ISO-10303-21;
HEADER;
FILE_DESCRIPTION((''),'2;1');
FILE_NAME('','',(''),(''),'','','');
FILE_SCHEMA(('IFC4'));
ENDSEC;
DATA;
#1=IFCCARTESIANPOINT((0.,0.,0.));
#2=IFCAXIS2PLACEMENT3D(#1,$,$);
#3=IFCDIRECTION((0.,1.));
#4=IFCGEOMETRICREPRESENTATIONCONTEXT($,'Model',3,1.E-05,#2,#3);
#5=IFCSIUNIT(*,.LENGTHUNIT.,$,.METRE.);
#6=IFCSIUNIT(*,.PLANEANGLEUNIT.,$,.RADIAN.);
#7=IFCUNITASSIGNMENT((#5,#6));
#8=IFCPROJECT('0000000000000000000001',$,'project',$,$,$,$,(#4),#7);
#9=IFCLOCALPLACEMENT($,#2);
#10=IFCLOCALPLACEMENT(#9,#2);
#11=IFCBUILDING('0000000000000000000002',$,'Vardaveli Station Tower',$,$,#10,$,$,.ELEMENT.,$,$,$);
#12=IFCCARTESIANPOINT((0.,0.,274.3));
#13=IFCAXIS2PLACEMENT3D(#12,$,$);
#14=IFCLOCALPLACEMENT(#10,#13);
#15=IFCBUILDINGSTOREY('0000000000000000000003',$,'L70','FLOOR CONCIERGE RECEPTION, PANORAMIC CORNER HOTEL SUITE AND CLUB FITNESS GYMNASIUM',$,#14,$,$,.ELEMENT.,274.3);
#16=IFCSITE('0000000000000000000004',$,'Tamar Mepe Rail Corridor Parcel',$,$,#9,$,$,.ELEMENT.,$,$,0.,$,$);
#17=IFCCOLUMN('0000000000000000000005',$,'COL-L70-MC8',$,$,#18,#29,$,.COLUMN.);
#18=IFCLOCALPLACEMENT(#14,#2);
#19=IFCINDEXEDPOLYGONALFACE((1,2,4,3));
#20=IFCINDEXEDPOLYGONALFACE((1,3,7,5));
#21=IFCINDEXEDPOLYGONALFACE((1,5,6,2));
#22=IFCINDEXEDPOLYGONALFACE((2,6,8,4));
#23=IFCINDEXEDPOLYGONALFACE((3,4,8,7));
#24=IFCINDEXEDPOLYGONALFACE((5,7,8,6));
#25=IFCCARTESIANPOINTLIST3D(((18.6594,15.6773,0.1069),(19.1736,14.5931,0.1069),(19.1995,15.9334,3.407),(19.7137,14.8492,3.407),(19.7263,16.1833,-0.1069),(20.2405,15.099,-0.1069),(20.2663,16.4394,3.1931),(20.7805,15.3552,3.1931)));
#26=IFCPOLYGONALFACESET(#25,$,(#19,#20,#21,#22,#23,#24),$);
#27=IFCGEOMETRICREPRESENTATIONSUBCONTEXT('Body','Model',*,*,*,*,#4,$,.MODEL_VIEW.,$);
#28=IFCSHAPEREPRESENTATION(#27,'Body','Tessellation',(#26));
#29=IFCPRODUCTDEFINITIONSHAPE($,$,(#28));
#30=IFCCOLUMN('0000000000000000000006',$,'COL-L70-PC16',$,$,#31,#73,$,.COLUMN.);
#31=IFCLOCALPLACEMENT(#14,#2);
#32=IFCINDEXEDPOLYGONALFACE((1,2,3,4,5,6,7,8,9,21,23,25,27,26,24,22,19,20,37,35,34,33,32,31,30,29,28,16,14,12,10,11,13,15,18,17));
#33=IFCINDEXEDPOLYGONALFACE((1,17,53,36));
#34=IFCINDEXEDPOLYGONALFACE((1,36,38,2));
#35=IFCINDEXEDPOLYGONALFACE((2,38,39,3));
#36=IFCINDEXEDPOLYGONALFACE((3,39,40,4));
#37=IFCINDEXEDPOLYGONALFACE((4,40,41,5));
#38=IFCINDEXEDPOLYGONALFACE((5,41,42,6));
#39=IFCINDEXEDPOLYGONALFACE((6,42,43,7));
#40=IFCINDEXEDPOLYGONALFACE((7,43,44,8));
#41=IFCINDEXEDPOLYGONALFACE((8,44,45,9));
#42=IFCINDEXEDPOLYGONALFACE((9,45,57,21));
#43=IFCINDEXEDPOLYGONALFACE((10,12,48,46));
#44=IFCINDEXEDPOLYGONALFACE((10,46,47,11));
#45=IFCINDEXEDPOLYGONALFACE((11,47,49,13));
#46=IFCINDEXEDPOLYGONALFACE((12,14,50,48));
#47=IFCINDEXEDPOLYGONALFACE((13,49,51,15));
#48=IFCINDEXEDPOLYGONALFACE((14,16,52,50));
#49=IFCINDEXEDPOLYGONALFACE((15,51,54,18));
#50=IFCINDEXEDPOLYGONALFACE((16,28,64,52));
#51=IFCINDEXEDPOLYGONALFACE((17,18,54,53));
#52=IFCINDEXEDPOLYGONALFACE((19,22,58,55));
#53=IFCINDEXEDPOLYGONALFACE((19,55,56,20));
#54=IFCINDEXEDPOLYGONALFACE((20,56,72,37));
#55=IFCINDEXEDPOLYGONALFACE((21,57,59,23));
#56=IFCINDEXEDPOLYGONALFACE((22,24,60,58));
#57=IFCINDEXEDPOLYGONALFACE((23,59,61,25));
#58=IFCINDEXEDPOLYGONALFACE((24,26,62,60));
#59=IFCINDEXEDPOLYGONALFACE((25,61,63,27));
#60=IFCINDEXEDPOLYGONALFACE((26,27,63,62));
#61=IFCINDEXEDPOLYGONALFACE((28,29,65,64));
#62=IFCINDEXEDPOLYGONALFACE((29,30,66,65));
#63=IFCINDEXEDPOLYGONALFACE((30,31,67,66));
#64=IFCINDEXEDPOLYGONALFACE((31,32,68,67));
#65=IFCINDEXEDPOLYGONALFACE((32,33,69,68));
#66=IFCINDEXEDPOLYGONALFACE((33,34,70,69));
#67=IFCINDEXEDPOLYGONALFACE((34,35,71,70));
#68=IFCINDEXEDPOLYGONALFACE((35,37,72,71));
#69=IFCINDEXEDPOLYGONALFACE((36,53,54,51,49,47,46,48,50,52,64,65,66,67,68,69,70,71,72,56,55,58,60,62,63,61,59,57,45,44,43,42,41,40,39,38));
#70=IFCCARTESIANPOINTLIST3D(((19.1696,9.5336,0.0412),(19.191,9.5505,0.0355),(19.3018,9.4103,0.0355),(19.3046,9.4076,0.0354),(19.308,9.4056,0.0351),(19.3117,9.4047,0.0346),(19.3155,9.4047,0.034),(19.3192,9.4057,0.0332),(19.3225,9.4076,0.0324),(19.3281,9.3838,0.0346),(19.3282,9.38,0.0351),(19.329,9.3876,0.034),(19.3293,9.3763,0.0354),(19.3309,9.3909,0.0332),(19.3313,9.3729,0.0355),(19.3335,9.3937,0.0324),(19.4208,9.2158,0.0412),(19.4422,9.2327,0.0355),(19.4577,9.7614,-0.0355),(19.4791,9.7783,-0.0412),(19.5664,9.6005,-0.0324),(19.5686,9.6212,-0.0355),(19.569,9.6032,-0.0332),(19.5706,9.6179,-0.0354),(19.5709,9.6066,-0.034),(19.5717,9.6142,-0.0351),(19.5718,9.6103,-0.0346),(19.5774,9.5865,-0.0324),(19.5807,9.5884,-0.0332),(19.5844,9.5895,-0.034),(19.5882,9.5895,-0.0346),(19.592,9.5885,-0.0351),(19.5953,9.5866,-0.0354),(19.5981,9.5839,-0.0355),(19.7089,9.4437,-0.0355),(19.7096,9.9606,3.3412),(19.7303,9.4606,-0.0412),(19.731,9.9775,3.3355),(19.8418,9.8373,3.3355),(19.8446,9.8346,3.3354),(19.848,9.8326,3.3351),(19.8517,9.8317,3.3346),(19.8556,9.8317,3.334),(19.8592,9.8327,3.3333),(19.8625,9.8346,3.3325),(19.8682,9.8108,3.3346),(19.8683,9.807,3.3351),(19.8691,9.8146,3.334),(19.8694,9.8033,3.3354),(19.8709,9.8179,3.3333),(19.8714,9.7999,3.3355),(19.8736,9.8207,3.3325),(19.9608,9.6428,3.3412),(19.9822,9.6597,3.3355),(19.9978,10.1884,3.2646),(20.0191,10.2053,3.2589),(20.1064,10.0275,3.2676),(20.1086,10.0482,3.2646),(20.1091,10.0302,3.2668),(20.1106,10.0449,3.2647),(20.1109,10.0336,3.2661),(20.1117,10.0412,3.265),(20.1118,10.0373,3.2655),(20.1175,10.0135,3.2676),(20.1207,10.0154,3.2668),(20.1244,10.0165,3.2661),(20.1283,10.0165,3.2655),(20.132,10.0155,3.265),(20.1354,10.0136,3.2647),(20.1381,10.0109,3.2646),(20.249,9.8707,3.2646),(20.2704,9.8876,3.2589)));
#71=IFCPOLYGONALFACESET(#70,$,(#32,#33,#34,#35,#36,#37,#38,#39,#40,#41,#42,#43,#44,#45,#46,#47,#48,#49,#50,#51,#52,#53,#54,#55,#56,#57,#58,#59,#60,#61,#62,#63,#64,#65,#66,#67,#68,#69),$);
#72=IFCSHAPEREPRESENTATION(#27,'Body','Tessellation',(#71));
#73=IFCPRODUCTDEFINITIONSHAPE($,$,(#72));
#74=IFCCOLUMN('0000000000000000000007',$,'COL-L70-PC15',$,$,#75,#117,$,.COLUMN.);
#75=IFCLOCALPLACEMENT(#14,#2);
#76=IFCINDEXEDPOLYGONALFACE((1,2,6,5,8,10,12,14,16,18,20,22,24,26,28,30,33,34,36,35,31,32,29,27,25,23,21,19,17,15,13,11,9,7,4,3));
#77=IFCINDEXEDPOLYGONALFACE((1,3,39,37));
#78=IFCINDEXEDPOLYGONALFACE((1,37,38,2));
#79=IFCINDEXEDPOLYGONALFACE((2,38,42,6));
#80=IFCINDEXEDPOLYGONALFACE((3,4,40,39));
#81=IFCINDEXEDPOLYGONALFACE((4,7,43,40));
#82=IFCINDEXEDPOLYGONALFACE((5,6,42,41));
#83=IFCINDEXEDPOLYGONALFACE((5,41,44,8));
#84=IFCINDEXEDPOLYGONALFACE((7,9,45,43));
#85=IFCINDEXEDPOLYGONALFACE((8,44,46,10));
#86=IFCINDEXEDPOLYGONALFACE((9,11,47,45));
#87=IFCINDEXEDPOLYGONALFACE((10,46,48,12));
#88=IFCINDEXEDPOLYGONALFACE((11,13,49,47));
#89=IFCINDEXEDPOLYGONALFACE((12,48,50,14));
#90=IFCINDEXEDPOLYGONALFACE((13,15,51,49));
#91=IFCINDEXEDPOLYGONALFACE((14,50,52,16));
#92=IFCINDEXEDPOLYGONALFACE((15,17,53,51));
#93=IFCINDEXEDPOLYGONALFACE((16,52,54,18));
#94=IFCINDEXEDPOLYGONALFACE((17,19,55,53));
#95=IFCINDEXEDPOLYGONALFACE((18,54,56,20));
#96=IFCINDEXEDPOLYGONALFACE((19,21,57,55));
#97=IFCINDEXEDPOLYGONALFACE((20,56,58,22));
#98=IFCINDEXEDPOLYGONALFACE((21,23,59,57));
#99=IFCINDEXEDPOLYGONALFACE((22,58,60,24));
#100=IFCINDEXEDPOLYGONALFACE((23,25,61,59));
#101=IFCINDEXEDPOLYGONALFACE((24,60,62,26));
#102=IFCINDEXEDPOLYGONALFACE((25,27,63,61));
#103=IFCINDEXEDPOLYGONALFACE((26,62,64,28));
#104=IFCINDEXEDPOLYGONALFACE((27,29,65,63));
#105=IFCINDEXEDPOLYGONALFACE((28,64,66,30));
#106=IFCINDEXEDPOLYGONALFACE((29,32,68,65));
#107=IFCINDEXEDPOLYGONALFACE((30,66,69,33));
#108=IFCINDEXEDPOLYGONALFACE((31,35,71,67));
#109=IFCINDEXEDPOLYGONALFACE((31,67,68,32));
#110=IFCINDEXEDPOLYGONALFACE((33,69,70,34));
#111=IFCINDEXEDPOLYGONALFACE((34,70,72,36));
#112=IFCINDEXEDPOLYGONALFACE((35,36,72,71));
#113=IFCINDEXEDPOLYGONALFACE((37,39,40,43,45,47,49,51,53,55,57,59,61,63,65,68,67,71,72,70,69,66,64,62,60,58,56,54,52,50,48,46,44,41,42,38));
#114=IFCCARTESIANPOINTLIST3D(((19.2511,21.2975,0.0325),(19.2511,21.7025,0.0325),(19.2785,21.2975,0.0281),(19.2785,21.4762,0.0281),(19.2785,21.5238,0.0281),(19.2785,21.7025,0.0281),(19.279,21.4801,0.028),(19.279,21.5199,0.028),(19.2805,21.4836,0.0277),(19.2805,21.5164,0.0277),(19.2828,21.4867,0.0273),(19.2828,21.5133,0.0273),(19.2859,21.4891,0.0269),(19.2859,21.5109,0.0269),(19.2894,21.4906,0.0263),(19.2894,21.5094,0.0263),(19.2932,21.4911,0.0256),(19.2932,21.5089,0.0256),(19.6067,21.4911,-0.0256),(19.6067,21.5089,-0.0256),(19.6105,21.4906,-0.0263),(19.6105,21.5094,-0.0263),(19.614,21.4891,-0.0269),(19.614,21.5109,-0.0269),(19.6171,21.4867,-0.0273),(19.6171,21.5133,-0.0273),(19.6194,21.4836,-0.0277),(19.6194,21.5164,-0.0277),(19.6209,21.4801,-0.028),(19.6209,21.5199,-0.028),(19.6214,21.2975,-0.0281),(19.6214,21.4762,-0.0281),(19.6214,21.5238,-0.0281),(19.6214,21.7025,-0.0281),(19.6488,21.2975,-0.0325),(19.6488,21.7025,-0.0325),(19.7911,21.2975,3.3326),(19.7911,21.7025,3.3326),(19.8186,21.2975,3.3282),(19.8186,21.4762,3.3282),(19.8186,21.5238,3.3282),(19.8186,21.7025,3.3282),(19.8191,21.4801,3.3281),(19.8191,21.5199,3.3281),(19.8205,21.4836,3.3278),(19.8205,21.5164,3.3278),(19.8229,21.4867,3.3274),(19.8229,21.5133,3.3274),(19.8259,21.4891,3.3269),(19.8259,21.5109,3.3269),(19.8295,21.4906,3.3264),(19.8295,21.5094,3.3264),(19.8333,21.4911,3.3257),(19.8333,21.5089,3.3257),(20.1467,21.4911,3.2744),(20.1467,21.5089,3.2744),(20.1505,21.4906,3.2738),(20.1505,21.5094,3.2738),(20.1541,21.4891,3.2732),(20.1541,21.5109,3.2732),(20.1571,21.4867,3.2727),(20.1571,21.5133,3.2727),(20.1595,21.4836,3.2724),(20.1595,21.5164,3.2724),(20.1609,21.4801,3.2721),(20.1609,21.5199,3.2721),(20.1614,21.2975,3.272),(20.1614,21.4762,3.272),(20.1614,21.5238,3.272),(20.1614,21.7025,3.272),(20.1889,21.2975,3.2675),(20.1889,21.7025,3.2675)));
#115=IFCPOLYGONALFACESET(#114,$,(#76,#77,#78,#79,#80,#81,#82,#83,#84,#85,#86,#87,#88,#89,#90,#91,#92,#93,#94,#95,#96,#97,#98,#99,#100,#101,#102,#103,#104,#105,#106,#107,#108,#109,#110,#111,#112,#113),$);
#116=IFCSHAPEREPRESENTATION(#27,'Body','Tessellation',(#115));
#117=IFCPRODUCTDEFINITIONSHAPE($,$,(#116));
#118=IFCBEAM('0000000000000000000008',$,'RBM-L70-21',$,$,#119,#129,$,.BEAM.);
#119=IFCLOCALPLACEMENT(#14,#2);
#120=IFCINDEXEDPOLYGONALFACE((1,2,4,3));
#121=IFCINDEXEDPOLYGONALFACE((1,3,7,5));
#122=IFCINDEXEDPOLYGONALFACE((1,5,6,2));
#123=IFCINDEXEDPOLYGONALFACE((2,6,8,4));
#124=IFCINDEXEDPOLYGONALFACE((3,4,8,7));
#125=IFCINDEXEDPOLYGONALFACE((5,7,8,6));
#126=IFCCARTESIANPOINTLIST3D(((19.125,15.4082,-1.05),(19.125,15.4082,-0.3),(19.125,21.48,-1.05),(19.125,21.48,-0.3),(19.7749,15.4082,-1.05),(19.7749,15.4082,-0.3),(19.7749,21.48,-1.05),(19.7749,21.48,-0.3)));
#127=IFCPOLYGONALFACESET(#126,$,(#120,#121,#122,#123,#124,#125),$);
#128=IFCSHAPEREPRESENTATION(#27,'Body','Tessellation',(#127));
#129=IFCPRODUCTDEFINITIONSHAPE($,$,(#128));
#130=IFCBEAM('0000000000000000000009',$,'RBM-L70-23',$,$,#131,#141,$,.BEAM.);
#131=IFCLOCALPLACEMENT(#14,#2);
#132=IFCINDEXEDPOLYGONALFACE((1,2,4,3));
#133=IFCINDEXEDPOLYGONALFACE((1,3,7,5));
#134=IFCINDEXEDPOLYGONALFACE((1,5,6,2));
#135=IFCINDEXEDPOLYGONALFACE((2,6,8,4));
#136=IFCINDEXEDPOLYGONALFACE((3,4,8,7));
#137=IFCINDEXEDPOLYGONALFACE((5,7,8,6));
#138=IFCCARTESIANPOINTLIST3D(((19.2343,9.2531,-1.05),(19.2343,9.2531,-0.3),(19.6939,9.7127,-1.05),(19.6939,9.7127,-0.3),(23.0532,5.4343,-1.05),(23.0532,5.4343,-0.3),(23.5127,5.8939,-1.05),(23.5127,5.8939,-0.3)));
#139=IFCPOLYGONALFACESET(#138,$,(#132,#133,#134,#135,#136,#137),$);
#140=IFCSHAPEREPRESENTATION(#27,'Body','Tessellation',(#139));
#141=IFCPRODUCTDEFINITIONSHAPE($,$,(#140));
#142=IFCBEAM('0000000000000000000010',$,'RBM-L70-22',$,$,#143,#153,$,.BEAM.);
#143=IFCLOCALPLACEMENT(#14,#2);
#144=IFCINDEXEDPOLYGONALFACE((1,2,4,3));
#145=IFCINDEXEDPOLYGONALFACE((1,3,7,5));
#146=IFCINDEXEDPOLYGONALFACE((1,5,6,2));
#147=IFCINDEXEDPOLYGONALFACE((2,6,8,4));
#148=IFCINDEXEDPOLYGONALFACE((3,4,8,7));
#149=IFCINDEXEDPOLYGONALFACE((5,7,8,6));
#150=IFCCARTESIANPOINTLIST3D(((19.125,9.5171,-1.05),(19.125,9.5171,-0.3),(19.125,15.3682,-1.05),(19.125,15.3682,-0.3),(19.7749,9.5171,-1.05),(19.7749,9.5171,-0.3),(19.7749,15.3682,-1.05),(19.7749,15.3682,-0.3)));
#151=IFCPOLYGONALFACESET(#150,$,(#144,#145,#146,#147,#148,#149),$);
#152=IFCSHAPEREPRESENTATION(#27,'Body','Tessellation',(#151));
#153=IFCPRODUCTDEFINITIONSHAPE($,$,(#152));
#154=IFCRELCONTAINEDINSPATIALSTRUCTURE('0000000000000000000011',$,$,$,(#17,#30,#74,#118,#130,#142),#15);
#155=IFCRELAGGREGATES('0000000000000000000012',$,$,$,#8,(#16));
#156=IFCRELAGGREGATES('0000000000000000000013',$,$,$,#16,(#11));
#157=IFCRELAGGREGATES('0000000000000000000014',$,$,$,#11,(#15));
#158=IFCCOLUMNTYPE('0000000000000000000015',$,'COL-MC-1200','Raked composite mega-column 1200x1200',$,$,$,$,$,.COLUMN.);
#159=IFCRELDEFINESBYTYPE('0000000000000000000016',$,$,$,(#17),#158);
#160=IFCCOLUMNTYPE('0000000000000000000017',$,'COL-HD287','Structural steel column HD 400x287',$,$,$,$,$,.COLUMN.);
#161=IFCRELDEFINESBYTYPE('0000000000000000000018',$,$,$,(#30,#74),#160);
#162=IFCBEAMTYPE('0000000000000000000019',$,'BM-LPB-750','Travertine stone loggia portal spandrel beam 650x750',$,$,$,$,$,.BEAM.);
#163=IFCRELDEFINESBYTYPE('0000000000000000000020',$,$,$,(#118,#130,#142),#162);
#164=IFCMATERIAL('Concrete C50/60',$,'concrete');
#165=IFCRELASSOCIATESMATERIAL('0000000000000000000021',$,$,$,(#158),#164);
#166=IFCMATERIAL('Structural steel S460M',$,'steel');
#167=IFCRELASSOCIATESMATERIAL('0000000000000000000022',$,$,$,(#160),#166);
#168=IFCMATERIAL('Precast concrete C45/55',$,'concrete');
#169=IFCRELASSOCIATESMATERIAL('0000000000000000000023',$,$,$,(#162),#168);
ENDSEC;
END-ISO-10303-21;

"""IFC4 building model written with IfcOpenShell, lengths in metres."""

from ifc_helpers import new_model, si_unit, direction, frame, origin, origin_2d, place, context, subcontext, project, spatial, rectangle, i_section, extrude, source, transform, mapped, material, material_profile, profile_set, type_object, element, save


model = new_model("IFC4")

# Units and contexts
model_context = context("Model", 3, precision=1e-05, world=origin(), true_north=direction((0.0, 1.0)))
body_context = subcontext(model_context, "Body", "Model", "MODEL_VIEW")
ifc_project = project(units=[si_unit("LENGTHUNIT", "METRE"), si_unit("PLANEANGLEUNIT", "RADIAN")], contexts=[model_context])

# Site, building, storey
site_placement = place(None, origin())
site = spatial("IfcSite", under=ifc_project, at=site_placement, Name="Tamar Mepe Rail Corridor Parcel", CompositionType="ELEMENT", RefElevation=0.0)
building_placement = place(site_placement, origin())
building = spatial("IfcBuilding", under=site, at=building_placement, Name="Vardaveli Station Tower", CompositionType="ELEMENT")
storey_placement = place(building_placement, frame((0.0, 0.0, 274.3)))
storey = spatial("IfcBuildingStorey", under=building, at=storey_placement, Name="L70", Description="FLOOR CONCIERGE RECEPTION, PANORAMIC CORNER HOTEL SUITE AND CLUB FITNESS GYMNASIUM", CompositionType="ELEMENT", Elevation=274.3)

# Columns
ifc_material_1 = material(Name="Concrete C50/60", Category="concrete")
ifc_material_profile_1 = material_profile(ifc_material_1, rectangle(XDim=1.2, YDim=1.2, at=origin_2d()), Name="MC 1200x1200")
ifc_profile_set_1 = profile_set([ifc_material_profile_1], Name="Concrete C50/60")
column_type_1 = type_object("IfcColumnType", Name="COL-MC-1200", Description="Raked composite mega-column 1200x1200", PredefinedType="COLUMN", material=ifc_profile_set_1)
shared_shape_1 = source(origin(), body_context, "Body", "SweptSolid", [
    extrude(rectangle(XDim=1.2, YDim=1.2, at=origin_2d()), origin(), (0.0, 0.0, 1.0), 3.3538),
])
column_1_placement = place(storey_placement, frame((19.45, 15.3882, 0.0), z_axis=(0.161026, 0.076364, 0.983991), x_axis=(-0.42849, 0.903546, 0.0)))
element("IfcColumn", 1, at=column_1_placement, inside=storey, type_object=column_type_1, Name="COL-L70-MC8", PredefinedType="COLUMN", context=body_context, shape_type="MappedRepresentation", body=[
    mapped(shared_shape_1, transform((0.0, 0.0, 0.0), scale=1.0)),
])
ifc_material_2 = material(Name="Structural steel S460M", Category="steel")
ifc_material_profile_2 = material_profile(ifc_material_2, i_section(OverallWidth=0.405, OverallDepth=0.4031, WebThickness=0.0178, FlangeThickness=0.0278, FilletRadius=0.0149, at=origin_2d()), Name="HD 400x287")
ifc_profile_set_2 = profile_set([ifc_material_profile_2], Name="Structural steel S460M")
column_type_2 = type_object("IfcColumnType", Name="COL-HD287", Description="Structural steel column HD 400x287", PredefinedType="COLUMN", material=ifc_profile_set_2)
shared_shape_2 = source(origin(), body_context, "Body", "SweptSolid", [
    extrude(i_section(OverallWidth=0.405, OverallDepth=0.4031, WebThickness=0.0178, FlangeThickness=0.0278, FilletRadius=0.0149, at=origin_2d()), origin(), (0.0, 0.0, 1.0), 3.3711),
])
column_2_placement = place(storey_placement, frame((19.45, 9.4971, 0.0), z_axis=(0.160197, 0.126666, 0.978924), x_axis=(-0.620231, 0.78442, 0.0)))
element("IfcColumn", 2, at=column_2_placement, inside=storey, type_object=column_type_2, Name="COL-L70-PC16", PredefinedType="COLUMN", context=body_context, shape_type="MappedRepresentation", body=[
    mapped(shared_shape_2, transform((0.0, 0.0, 0.0), scale=1.0)),
])
shared_shape_3 = source(origin(), body_context, "Body", "SweptSolid", [
    extrude(i_section(OverallWidth=0.405, OverallDepth=0.4031, WebThickness=0.0178, FlangeThickness=0.0278, FilletRadius=0.0149, at=origin_2d()), origin(), (0.0, 0.0, 1.0), 3.344),
])
column_3_placement = place(storey_placement, frame((19.45, 21.5, 0.0), z_axis=(0.161498, 0.0, 0.986873), x_axis=(0.0, 1.0, 0.0)))
element("IfcColumn", 3, at=column_3_placement, inside=storey, type_object=column_type_2, Name="COL-L70-PC15", PredefinedType="COLUMN", context=body_context, shape_type="MappedRepresentation", body=[
    mapped(shared_shape_3, transform((0.0, 0.0, 0.0), scale=1.0)),
])

# Beams
ifc_material_3 = material(Name="Precast concrete C45/55", Category="concrete")
ifc_material_profile_3 = material_profile(ifc_material_3, rectangle(XDim=0.6499, YDim=0.75, at=origin_2d()), Name="LPB 650x750")
ifc_profile_set_3 = profile_set([ifc_material_profile_3], Name="Precast concrete C45/55")
beam_type_1 = type_object("IfcBeamType", Name="BM-LPB-750", Description="Travertine stone loggia portal spandrel beam 650x750", PredefinedType="BEAM", material=ifc_profile_set_3)
shared_shape_4 = source(origin(), body_context, "Body", "SweptSolid", [
    extrude(rectangle(XDim=0.6499, YDim=0.75, at=origin_2d()), origin(), (0.0, 0.0, 1.0), 6.0718),
])
beam_1_placement = place(storey_placement, frame((19.45, 21.48, -0.675), z_axis=(0.0, -1.0, 0.0), x_axis=(1.0, 0.0, 0.0)))
element("IfcBeam", 4, at=beam_1_placement, inside=storey, type_object=beam_type_1, Name="RBM-L70-21", PredefinedType="BEAM", context=body_context, shape_type="MappedRepresentation", body=[
    mapped(shared_shape_4, transform((0.0, 0.0, 0.0), scale=1.0)),
])
shared_shape_5 = source(origin(), body_context, "Body", "SweptSolid", [
    extrude(rectangle(XDim=0.6499, YDim=0.75, at=origin_2d()), origin(), (0.0, 0.0, 1.0), 5.4006),
])
beam_2_placement = place(storey_placement, frame((19.4641, 9.4829, -0.675), z_axis=(0.707107, -0.707107, 0.0), x_axis=(0.707107, 0.707107, 0.0)))
element("IfcBeam", 5, at=beam_2_placement, inside=storey, type_object=beam_type_1, Name="RBM-L70-23", PredefinedType="BEAM", context=body_context, shape_type="MappedRepresentation", body=[
    mapped(shared_shape_5, transform((0.0, 0.0, 0.0), scale=1.0)),
])
shared_shape_6 = source(origin(), body_context, "Body", "SweptSolid", [
    extrude(rectangle(XDim=0.6499, YDim=0.75, at=origin_2d()), origin(), (0.0, 0.0, 1.0), 5.8511),
])
beam_3_placement = place(storey_placement, frame((19.45, 15.3682, -0.675), z_axis=(0.0, -1.0, 0.0), x_axis=(1.0, 0.0, 0.0)))
element("IfcBeam", 6, at=beam_3_placement, inside=storey, type_object=beam_type_1, Name="RBM-L70-22", PredefinedType="BEAM", context=body_context, shape_type="MappedRepresentation", body=[
    mapped(shared_shape_6, transform((0.0, 0.0, 0.0), scale=1.0)),
])

save(model, "model.ifc")
